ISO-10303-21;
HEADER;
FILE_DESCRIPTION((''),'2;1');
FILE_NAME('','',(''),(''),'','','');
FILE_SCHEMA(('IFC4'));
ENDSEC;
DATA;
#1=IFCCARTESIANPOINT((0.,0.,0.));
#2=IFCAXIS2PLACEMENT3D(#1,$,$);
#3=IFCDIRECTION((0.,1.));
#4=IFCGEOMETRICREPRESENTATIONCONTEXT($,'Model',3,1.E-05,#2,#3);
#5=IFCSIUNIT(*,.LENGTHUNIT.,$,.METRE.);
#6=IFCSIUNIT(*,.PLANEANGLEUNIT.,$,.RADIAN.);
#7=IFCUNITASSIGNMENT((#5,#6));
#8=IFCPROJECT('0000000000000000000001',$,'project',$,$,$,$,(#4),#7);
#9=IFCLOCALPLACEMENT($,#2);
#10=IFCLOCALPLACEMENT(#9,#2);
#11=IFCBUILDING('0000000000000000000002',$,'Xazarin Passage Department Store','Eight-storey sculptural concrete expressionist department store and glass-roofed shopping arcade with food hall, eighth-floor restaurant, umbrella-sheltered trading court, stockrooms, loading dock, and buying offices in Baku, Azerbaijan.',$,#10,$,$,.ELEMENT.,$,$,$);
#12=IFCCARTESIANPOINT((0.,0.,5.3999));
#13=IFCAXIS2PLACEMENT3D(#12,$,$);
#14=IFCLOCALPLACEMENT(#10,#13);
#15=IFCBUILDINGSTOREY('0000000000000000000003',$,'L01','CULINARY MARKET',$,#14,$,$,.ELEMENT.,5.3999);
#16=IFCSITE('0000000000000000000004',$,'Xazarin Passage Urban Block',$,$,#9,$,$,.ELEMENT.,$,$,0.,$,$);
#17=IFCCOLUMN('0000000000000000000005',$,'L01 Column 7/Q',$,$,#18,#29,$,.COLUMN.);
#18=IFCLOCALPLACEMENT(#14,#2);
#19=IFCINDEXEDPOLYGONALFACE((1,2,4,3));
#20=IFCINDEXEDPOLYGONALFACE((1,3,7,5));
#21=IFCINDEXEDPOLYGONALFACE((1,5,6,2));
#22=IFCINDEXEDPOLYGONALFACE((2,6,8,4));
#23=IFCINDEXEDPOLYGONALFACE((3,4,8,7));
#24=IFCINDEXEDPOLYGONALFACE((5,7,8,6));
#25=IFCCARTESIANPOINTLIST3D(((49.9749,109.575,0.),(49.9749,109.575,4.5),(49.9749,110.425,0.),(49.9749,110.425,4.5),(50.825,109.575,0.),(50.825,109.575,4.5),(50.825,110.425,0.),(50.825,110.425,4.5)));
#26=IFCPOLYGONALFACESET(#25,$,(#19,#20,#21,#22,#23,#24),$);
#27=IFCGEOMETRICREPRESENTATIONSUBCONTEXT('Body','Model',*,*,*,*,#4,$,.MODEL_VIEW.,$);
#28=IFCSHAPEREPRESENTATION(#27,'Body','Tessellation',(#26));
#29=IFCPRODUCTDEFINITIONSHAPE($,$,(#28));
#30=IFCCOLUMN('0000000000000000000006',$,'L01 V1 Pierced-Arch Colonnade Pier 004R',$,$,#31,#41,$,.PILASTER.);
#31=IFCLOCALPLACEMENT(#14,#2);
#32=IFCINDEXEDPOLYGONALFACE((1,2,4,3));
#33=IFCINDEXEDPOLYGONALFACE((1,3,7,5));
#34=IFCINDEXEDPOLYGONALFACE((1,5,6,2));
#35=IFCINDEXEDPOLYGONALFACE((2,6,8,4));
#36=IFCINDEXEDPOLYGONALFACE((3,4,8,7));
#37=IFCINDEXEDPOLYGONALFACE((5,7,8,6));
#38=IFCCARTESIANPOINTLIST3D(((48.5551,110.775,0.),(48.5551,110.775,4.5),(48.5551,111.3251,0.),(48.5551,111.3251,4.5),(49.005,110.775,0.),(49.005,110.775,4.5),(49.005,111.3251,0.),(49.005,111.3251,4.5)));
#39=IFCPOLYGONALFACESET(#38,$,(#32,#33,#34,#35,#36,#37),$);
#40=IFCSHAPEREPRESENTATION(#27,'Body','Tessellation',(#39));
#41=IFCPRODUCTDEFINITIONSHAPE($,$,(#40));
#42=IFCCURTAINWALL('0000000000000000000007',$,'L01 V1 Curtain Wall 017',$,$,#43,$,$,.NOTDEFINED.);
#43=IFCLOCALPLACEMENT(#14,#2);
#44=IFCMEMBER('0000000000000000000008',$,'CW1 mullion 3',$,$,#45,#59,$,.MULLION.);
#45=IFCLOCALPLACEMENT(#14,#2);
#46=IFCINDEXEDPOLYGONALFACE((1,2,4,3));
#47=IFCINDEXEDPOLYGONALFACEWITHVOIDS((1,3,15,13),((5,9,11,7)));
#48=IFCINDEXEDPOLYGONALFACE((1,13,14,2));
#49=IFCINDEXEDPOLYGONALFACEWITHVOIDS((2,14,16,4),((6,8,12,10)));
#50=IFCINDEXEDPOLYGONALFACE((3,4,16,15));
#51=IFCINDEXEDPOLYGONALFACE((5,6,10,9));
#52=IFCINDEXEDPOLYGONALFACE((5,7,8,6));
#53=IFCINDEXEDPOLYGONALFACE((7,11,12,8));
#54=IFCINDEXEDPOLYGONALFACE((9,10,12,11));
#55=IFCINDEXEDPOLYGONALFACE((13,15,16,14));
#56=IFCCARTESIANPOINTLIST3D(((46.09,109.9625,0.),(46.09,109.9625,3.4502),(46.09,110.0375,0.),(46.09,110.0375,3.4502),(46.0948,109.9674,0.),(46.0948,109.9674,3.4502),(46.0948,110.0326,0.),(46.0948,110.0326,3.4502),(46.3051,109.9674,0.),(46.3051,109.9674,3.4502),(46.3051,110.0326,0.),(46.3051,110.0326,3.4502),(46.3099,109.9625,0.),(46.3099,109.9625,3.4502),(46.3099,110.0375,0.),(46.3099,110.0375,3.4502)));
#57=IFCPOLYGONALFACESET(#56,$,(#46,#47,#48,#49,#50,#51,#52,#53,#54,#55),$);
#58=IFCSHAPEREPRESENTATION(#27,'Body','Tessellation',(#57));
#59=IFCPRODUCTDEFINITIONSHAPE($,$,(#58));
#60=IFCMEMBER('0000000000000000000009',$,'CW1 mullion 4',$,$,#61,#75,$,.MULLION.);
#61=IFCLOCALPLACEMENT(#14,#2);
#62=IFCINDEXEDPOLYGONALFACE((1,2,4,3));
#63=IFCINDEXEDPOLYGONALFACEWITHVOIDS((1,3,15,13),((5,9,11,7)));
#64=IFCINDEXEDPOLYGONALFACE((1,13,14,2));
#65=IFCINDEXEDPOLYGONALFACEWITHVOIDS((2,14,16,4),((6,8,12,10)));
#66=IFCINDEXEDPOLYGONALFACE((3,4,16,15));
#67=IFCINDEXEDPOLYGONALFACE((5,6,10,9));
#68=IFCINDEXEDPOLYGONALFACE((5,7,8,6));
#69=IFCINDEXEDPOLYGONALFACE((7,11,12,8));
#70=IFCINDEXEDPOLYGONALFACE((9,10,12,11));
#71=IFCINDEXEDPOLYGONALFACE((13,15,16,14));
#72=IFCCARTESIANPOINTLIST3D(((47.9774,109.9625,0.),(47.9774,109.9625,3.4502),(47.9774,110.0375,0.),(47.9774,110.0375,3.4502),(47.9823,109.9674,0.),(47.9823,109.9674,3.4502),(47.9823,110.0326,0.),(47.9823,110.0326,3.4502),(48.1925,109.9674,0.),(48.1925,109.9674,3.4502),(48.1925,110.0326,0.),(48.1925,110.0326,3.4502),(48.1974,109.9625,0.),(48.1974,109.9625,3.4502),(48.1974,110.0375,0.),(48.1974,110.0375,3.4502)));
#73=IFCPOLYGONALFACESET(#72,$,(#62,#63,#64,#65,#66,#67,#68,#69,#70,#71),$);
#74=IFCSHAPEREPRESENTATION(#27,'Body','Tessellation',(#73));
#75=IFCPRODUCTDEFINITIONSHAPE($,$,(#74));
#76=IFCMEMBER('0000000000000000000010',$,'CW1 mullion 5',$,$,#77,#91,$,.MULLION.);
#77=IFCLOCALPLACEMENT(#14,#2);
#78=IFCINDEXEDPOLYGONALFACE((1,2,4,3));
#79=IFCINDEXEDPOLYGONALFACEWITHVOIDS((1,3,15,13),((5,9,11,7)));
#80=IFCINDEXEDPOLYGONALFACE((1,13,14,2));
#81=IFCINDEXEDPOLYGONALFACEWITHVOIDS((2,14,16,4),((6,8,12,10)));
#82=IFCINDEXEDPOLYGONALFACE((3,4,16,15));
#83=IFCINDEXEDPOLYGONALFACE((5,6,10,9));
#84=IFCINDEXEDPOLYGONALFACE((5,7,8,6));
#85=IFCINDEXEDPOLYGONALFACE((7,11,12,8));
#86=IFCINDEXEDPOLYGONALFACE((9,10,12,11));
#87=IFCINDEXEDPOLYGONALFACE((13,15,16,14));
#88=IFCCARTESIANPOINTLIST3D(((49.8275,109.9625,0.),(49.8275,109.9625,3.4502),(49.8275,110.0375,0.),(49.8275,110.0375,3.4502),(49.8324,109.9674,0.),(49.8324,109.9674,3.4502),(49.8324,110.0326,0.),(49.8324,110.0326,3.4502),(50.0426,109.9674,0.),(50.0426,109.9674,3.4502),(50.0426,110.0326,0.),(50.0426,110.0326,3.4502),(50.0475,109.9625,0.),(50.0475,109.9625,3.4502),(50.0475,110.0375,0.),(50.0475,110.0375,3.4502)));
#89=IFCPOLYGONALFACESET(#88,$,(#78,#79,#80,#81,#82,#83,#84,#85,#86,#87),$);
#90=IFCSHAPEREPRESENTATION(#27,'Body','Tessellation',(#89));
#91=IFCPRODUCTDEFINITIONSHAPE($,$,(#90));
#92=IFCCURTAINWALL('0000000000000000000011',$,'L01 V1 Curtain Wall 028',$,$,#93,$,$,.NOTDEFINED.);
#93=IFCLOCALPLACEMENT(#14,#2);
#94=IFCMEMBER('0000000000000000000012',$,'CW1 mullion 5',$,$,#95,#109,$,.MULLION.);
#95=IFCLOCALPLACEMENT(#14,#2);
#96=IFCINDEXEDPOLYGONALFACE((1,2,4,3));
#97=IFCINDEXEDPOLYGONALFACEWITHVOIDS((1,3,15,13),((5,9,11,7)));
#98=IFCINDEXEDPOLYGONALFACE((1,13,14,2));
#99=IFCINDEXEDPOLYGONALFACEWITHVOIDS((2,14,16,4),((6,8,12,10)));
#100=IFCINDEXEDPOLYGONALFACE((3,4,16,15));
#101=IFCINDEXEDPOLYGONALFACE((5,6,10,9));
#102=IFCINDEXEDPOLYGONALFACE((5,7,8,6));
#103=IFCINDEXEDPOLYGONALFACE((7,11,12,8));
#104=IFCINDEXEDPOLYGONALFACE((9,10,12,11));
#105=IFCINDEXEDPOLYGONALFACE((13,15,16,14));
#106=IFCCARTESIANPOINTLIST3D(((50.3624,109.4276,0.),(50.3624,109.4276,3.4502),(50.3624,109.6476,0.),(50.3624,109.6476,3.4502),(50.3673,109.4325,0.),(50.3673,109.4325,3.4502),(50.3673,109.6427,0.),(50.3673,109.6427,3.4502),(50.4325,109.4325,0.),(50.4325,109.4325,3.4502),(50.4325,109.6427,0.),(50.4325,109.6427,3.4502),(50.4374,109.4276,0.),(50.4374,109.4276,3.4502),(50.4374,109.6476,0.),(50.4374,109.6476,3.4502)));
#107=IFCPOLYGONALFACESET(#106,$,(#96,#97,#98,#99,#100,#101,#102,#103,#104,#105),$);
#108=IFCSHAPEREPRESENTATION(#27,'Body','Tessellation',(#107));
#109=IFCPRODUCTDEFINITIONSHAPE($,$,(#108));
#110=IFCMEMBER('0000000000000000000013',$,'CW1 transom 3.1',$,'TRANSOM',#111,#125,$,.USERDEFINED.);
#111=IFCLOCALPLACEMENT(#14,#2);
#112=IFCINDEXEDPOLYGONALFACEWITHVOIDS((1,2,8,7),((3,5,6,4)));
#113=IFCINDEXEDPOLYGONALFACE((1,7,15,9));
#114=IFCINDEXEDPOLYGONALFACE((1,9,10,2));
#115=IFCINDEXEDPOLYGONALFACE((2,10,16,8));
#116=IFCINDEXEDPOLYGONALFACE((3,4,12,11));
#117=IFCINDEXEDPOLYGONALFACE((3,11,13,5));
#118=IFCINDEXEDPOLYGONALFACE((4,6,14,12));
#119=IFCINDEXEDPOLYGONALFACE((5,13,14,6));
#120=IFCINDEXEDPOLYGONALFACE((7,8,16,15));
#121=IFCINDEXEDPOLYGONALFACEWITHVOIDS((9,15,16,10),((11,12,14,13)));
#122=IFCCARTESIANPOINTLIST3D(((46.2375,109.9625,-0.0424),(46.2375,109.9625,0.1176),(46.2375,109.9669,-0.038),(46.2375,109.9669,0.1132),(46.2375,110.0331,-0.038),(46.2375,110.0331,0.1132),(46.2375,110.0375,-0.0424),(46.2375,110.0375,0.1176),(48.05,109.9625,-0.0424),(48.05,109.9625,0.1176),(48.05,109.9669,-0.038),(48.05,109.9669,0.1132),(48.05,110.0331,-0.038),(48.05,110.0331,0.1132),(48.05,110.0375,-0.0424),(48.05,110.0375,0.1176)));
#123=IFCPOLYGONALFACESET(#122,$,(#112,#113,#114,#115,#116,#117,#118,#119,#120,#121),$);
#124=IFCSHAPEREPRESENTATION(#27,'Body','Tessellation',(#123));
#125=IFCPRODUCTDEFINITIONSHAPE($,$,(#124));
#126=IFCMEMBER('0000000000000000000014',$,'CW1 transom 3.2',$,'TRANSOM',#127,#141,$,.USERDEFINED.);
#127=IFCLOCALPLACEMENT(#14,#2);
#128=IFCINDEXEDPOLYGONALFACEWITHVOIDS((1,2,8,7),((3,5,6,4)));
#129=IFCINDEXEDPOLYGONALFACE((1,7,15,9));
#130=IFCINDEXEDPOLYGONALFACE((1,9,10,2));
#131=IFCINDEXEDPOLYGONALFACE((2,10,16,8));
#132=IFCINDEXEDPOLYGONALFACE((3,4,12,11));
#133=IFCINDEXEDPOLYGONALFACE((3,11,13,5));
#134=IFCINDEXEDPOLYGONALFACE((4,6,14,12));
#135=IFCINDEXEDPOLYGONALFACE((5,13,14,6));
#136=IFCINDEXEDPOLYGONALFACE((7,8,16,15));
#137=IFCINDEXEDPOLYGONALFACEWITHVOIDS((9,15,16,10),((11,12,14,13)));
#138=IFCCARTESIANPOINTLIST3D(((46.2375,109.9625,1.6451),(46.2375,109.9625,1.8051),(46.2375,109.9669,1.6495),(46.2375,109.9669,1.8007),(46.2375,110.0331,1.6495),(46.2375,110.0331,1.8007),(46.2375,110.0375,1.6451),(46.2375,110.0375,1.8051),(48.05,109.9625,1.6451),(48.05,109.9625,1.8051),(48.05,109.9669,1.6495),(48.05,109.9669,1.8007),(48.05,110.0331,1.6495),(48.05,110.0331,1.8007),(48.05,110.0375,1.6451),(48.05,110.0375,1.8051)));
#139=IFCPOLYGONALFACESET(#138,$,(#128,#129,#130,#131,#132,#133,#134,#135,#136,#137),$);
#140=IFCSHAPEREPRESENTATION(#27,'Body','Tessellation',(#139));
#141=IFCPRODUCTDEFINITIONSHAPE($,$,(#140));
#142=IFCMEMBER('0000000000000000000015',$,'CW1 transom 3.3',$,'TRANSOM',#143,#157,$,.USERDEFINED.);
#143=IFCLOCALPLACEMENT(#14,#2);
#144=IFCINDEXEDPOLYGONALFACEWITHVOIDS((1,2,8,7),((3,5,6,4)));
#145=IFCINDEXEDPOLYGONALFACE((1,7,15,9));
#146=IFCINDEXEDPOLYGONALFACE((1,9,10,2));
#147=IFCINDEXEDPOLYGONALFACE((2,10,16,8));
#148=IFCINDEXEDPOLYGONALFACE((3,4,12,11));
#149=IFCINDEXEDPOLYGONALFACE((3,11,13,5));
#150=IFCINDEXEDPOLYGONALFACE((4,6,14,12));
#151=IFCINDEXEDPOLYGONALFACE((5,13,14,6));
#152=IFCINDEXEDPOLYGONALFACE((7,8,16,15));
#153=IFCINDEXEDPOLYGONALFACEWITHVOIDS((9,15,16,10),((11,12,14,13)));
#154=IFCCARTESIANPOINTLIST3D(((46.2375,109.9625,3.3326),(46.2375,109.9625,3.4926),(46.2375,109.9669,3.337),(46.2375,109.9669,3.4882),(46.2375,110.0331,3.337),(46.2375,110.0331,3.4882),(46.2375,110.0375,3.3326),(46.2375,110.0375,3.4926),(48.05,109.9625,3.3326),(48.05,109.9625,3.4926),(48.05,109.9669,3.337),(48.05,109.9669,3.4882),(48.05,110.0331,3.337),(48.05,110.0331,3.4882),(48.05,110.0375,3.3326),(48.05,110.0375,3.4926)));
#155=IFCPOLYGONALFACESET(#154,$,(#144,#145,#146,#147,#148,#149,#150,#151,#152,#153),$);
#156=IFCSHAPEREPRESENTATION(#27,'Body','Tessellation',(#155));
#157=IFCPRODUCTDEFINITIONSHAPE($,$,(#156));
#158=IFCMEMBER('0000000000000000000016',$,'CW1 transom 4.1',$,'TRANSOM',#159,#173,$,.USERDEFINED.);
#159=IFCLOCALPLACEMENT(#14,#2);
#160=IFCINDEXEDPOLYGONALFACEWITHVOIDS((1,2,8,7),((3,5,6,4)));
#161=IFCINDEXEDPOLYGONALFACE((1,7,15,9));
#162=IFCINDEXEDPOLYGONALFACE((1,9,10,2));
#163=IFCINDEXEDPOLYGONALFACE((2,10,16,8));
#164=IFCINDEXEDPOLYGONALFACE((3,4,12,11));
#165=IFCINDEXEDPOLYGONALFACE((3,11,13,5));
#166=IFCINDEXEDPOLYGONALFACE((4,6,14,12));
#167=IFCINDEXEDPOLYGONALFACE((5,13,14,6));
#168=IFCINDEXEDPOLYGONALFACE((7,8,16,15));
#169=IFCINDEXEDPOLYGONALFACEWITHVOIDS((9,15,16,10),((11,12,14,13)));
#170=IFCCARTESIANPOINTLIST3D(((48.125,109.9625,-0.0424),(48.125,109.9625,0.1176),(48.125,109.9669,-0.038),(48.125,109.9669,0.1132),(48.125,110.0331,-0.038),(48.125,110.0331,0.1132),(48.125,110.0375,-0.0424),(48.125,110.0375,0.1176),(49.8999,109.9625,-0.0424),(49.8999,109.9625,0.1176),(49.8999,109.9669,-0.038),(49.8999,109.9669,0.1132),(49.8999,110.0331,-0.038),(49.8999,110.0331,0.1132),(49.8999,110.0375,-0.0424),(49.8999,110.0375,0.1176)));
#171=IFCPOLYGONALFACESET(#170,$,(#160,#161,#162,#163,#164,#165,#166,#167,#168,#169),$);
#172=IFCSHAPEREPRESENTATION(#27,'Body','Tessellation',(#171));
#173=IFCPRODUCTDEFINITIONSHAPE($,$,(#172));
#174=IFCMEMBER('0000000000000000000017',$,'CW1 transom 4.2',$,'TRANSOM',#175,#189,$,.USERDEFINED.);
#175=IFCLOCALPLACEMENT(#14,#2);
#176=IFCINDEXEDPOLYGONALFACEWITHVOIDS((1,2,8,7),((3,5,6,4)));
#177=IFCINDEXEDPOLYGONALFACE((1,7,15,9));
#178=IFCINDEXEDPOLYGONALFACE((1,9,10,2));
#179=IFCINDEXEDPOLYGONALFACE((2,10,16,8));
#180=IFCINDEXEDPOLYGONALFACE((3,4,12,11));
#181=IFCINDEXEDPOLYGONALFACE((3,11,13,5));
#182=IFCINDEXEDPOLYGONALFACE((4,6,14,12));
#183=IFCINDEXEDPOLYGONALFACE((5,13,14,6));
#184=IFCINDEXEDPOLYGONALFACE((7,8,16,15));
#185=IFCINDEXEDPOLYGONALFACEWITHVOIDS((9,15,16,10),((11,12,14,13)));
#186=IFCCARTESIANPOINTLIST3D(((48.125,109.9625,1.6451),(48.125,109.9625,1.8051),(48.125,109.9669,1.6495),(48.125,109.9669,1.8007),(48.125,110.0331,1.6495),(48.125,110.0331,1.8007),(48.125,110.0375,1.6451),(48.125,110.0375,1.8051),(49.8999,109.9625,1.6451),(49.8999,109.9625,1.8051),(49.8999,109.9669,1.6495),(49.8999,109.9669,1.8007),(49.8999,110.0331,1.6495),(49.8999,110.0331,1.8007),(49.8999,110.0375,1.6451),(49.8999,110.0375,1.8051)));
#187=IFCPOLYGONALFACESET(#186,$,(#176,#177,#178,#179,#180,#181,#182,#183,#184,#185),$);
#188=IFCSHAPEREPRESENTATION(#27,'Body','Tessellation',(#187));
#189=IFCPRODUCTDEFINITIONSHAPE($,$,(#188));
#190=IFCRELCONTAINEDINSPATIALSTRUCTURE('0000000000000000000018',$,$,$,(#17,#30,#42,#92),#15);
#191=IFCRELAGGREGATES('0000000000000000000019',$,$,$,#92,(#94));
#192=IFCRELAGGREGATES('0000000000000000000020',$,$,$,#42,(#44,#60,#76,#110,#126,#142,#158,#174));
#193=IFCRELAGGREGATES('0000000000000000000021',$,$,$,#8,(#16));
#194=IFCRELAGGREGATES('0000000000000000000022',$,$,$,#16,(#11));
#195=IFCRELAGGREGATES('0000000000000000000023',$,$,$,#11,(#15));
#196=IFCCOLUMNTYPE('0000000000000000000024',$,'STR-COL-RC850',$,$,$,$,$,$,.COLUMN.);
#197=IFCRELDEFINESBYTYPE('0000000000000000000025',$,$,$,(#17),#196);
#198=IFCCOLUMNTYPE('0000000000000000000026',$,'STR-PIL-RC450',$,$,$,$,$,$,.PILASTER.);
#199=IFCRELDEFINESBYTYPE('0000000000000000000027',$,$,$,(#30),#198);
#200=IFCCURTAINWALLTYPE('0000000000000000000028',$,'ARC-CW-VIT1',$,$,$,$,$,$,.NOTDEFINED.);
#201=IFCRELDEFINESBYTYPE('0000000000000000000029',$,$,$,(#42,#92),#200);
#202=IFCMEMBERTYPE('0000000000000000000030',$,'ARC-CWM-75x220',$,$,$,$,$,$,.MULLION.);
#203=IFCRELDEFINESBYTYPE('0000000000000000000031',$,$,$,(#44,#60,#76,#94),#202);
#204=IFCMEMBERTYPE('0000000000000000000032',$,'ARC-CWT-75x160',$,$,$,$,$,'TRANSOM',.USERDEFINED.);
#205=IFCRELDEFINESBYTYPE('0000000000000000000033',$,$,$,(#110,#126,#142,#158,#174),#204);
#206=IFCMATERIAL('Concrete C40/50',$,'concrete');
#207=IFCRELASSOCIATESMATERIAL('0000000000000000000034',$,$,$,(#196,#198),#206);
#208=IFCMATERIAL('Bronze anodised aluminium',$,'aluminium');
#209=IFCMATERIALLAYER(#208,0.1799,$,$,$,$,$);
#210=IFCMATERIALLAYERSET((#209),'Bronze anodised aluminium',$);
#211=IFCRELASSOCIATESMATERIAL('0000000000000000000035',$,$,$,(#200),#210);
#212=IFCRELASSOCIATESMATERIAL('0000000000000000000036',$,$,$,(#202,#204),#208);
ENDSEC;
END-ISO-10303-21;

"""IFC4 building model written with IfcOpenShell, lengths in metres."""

from ifc_helpers import new_model, si_unit, direction, frame, origin, origin_2d, place, context, subcontext, project, spatial, rectangle, hollow_rectangle, extrude, material, layer, layer_set, material_profile, profile_set, type_object, element, aggregate, save


model = new_model("IFC4")

# Units and contexts
model_context = context("Model", 3, precision=1e-05, world=origin(), true_north=direction((0.0, 1.0)))
body_context = subcontext(model_context, "Body", "Model", "MODEL_VIEW")
ifc_project = project(units=[si_unit("LENGTHUNIT", "METRE"), si_unit("PLANEANGLEUNIT", "RADIAN")], contexts=[model_context])

# Site, building, storey
site_placement = place(None, origin())
site = spatial("IfcSite", under=ifc_project, at=site_placement, Name="Xazarin Passage Urban Block", CompositionType="ELEMENT", RefElevation=0.0)
building_placement = place(site_placement, origin())
building = spatial("IfcBuilding", under=site, at=building_placement, Name="Xazarin Passage Department Store", Description="Eight-storey sculptural concrete expressionist department store and glass-roofed shopping arcade with food hall, eighth-floor restaurant, umbrella-sheltered trading court, stockrooms, loading dock, and buying offices in Baku, Azerbaijan.", CompositionType="ELEMENT")
storey_placement = place(building_placement, frame((0.0, 0.0, 5.3999)))
storey = spatial("IfcBuildingStorey", under=building, at=storey_placement, Name="L01", Description="CULINARY MARKET", CompositionType="ELEMENT", Elevation=5.3999)

# Columns
ifc_material_1 = material(Name="Concrete C40/50", Category="concrete")
ifc_material_profile_1 = material_profile(ifc_material_1, rectangle(XDim=0.8501, YDim=0.8501, at=origin_2d()), Name="RC 850x850")
ifc_profile_set_1 = profile_set([ifc_material_profile_1], Name="Concrete C40/50")
column_type_1 = type_object("IfcColumnType", Name="STR-COL-RC850", PredefinedType="COLUMN", material=ifc_profile_set_1)
column_1_placement = place(storey_placement, frame((50.3999, 110.0, 0.0), z_axis=(0.0, 0.0, 1.0), x_axis=(1.0, 0.0, 0.0)))
element("IfcColumn", 1, at=column_1_placement, inside=storey, type_object=column_type_1, Name="L01 Column 7/Q", PredefinedType="COLUMN", context=body_context, shape_type="SweptSolid", body=[
    extrude(rectangle(XDim=0.8501, YDim=0.8501, at=origin_2d()), origin(), (0.0, 0.0, 1.0), 4.5),
])
ifc_material_profile_2 = material_profile(ifc_material_1, rectangle(XDim=0.45, YDim=0.55, at=origin_2d()), Name="RC 450x550")
ifc_profile_set_2 = profile_set([ifc_material_profile_2], Name="Concrete C40/50")
column_type_2 = type_object("IfcColumnType", Name="STR-PIL-RC450", PredefinedType="PILASTER", material=ifc_profile_set_2)
column_2_placement = place(storey_placement, frame((48.78, 111.05, 0.0), z_axis=(0.0, 0.0, 1.0), x_axis=(1.0, 0.0, 0.0)))
element("IfcColumn", 2, at=column_2_placement, inside=storey, type_object=column_type_2, Name="L01 V1 Pierced-Arch Colonnade Pier 004R", PredefinedType="PILASTER", context=body_context, shape_type="SweptSolid", body=[
    extrude(rectangle(XDim=0.45, YDim=0.55, at=origin_2d()), origin(), (0.0, 0.0, 1.0), 4.5),
])

# Curtain wall, members
ifc_material_2 = material(Name="Bronze anodised aluminium", Category="aluminium")
ifc_layer_1 = layer(ifc_material_2, 0.1799)
ifc_layer_set_1 = layer_set([ifc_layer_1], Name="Bronze anodised aluminium")
curtain_wall_type = type_object("IfcCurtainWallType", Name="ARC-CW-VIT1", PredefinedType="NOTDEFINED", material=ifc_layer_set_1)
curtain_wall_1_placement = place(storey_placement, origin())
curtain_wall_1 = element("IfcCurtainWall", 3, at=curtain_wall_1_placement, inside=storey, type_object=curtain_wall_type, Name="L01 V1 Curtain Wall 017", PredefinedType="NOTDEFINED")
ifc_material_profile_3 = material_profile(ifc_material_2, hollow_rectangle(XDim=0.075, YDim=0.22, WallThickness=0.0049, at=origin_2d()), Name="ALU 75x220")
ifc_profile_set_3 = profile_set([ifc_material_profile_3], Name="Bronze anodised aluminium")
member_type_1 = type_object("IfcMemberType", Name="ARC-CWM-75x220", PredefinedType="MULLION", material=ifc_profile_set_3)
member_1_placement = place(storey_placement, frame((46.2, 110.0, 0.0), z_axis=(0.0, 0.0, 1.0), x_axis=(0.0, 1.0, 0.0)))
member_1 = element("IfcMember", 4, at=member_1_placement, type_object=member_type_1, Name="CW1 mullion 3", PredefinedType="MULLION", context=body_context, shape_type="SweptSolid", body=[
    extrude(hollow_rectangle(XDim=0.075, YDim=0.22, WallThickness=0.0049, at=origin_2d()), origin(), (0.0, 0.0, 1.0), 3.4502),
])
member_2_placement = place(storey_placement, frame((48.0874, 110.0, 0.0), z_axis=(0.0, 0.0, 1.0), x_axis=(0.0, 1.0, 0.0)))
member_2 = element("IfcMember", 5, at=member_2_placement, type_object=member_type_1, Name="CW1 mullion 4", PredefinedType="MULLION", context=body_context, shape_type="SweptSolid", body=[
    extrude(hollow_rectangle(XDim=0.075, YDim=0.22, WallThickness=0.0049, at=origin_2d()), origin(), (0.0, 0.0, 1.0), 3.4502),
])
member_3_placement = place(storey_placement, frame((49.9375, 110.0, 0.0), z_axis=(0.0, 0.0, 1.0), x_axis=(0.0, 1.0, 0.0)))
member_3 = element("IfcMember", 6, at=member_3_placement, type_object=member_type_1, Name="CW1 mullion 5", PredefinedType="MULLION", context=body_context, shape_type="SweptSolid", body=[
    extrude(hollow_rectangle(XDim=0.075, YDim=0.22, WallThickness=0.0049, at=origin_2d()), origin(), (0.0, 0.0, 1.0), 3.4502),
])

# Curtain wall, member
curtain_wall_2_placement = place(storey_placement, origin())
curtain_wall_2 = element("IfcCurtainWall", 7, at=curtain_wall_2_placement, inside=storey, type_object=curtain_wall_type, Name="L01 V1 Curtain Wall 028", PredefinedType="NOTDEFINED")
member_4_placement = place(storey_placement, frame((50.3999, 109.5376, 0.0), z_axis=(0.0, 0.0, 1.0), x_axis=(-1.0, 0.0, 0.0)))
member_4 = element("IfcMember", 8, at=member_4_placement, type_object=member_type_1, Name="CW1 mullion 5", PredefinedType="MULLION", context=body_context, shape_type="SweptSolid", body=[
    extrude(hollow_rectangle(XDim=0.075, YDim=0.22, WallThickness=0.0049, at=origin_2d()), origin(), (0.0, 0.0, 1.0), 3.4502),
])
aggregate(curtain_wall_2, [member_4])

# Members
ifc_material_profile_4 = material_profile(ifc_material_2, hollow_rectangle(XDim=0.075, YDim=0.1599, WallThickness=0.0044, at=origin_2d()), Name="ALU 75x160")
ifc_profile_set_4 = profile_set([ifc_material_profile_4], Name="Bronze anodised aluminium")
member_type_2 = type_object("IfcMemberType", Name="ARC-CWT-75x160", ElementType="TRANSOM", PredefinedType="USERDEFINED", material=ifc_profile_set_4)
member_5_placement = place(storey_placement, frame((46.2375, 110.0, 0.0376), z_axis=(1.0, 0.0, 0.0), x_axis=(0.0, 1.0, 0.0)))
member_5 = element("IfcMember", 9, at=member_5_placement, type_object=member_type_2, Name="CW1 transom 3.1", ObjectType="TRANSOM", PredefinedType="USERDEFINED", context=body_context, shape_type="SweptSolid", body=[
    extrude(hollow_rectangle(XDim=0.075, YDim=0.1599, WallThickness=0.0044, at=origin_2d()), origin(), (0.0, 0.0, 1.0), 1.8125),
])
member_6_placement = place(storey_placement, frame((46.2375, 110.0, 1.7251), z_axis=(1.0, 0.0, 0.0), x_axis=(0.0, 1.0, 0.0)))
member_6 = element("IfcMember", 10, at=member_6_placement, type_object=member_type_2, Name="CW1 transom 3.2", ObjectType="TRANSOM", PredefinedType="USERDEFINED", context=body_context, shape_type="SweptSolid", body=[
    extrude(hollow_rectangle(XDim=0.075, YDim=0.1599, WallThickness=0.0044, at=origin_2d()), origin(), (0.0, 0.0, 1.0), 1.8125),
])
member_7_placement = place(storey_placement, frame((46.2375, 110.0, 3.4126), z_axis=(1.0, 0.0, 0.0), x_axis=(0.0, 1.0, 0.0)))
member_7 = element("IfcMember", 11, at=member_7_placement, type_object=member_type_2, Name="CW1 transom 3.3", ObjectType="TRANSOM", PredefinedType="USERDEFINED", context=body_context, shape_type="SweptSolid", body=[
    extrude(hollow_rectangle(XDim=0.075, YDim=0.1599, WallThickness=0.0044, at=origin_2d()), origin(), (0.0, 0.0, 1.0), 1.8125),
])
member_8_placement = place(storey_placement, frame((48.125, 110.0, 0.0376), z_axis=(1.0, 0.0, 0.0), x_axis=(0.0, 1.0, 0.0)))
member_8 = element("IfcMember", 12, at=member_8_placement, type_object=member_type_2, Name="CW1 transom 4.1", ObjectType="TRANSOM", PredefinedType="USERDEFINED", context=body_context, shape_type="SweptSolid", body=[
    extrude(hollow_rectangle(XDim=0.075, YDim=0.1599, WallThickness=0.0044, at=origin_2d()), origin(), (0.0, 0.0, 1.0), 1.7749),
])
member_9_placement = place(storey_placement, frame((48.125, 110.0, 1.7251), z_axis=(1.0, 0.0, 0.0), x_axis=(0.0, 1.0, 0.0)))
member_9 = element("IfcMember", 13, at=member_9_placement, type_object=member_type_2, Name="CW1 transom 4.2", ObjectType="TRANSOM", PredefinedType="USERDEFINED", context=body_context, shape_type="SweptSolid", body=[
    extrude(hollow_rectangle(XDim=0.075, YDim=0.1599, WallThickness=0.0044, at=origin_2d()), origin(), (0.0, 0.0, 1.0), 1.7749),
])

aggregate(curtain_wall_1, [member_1, member_2, member_3, member_5, member_6, member_7, member_8, member_9])

save(model, "model.ifc")
